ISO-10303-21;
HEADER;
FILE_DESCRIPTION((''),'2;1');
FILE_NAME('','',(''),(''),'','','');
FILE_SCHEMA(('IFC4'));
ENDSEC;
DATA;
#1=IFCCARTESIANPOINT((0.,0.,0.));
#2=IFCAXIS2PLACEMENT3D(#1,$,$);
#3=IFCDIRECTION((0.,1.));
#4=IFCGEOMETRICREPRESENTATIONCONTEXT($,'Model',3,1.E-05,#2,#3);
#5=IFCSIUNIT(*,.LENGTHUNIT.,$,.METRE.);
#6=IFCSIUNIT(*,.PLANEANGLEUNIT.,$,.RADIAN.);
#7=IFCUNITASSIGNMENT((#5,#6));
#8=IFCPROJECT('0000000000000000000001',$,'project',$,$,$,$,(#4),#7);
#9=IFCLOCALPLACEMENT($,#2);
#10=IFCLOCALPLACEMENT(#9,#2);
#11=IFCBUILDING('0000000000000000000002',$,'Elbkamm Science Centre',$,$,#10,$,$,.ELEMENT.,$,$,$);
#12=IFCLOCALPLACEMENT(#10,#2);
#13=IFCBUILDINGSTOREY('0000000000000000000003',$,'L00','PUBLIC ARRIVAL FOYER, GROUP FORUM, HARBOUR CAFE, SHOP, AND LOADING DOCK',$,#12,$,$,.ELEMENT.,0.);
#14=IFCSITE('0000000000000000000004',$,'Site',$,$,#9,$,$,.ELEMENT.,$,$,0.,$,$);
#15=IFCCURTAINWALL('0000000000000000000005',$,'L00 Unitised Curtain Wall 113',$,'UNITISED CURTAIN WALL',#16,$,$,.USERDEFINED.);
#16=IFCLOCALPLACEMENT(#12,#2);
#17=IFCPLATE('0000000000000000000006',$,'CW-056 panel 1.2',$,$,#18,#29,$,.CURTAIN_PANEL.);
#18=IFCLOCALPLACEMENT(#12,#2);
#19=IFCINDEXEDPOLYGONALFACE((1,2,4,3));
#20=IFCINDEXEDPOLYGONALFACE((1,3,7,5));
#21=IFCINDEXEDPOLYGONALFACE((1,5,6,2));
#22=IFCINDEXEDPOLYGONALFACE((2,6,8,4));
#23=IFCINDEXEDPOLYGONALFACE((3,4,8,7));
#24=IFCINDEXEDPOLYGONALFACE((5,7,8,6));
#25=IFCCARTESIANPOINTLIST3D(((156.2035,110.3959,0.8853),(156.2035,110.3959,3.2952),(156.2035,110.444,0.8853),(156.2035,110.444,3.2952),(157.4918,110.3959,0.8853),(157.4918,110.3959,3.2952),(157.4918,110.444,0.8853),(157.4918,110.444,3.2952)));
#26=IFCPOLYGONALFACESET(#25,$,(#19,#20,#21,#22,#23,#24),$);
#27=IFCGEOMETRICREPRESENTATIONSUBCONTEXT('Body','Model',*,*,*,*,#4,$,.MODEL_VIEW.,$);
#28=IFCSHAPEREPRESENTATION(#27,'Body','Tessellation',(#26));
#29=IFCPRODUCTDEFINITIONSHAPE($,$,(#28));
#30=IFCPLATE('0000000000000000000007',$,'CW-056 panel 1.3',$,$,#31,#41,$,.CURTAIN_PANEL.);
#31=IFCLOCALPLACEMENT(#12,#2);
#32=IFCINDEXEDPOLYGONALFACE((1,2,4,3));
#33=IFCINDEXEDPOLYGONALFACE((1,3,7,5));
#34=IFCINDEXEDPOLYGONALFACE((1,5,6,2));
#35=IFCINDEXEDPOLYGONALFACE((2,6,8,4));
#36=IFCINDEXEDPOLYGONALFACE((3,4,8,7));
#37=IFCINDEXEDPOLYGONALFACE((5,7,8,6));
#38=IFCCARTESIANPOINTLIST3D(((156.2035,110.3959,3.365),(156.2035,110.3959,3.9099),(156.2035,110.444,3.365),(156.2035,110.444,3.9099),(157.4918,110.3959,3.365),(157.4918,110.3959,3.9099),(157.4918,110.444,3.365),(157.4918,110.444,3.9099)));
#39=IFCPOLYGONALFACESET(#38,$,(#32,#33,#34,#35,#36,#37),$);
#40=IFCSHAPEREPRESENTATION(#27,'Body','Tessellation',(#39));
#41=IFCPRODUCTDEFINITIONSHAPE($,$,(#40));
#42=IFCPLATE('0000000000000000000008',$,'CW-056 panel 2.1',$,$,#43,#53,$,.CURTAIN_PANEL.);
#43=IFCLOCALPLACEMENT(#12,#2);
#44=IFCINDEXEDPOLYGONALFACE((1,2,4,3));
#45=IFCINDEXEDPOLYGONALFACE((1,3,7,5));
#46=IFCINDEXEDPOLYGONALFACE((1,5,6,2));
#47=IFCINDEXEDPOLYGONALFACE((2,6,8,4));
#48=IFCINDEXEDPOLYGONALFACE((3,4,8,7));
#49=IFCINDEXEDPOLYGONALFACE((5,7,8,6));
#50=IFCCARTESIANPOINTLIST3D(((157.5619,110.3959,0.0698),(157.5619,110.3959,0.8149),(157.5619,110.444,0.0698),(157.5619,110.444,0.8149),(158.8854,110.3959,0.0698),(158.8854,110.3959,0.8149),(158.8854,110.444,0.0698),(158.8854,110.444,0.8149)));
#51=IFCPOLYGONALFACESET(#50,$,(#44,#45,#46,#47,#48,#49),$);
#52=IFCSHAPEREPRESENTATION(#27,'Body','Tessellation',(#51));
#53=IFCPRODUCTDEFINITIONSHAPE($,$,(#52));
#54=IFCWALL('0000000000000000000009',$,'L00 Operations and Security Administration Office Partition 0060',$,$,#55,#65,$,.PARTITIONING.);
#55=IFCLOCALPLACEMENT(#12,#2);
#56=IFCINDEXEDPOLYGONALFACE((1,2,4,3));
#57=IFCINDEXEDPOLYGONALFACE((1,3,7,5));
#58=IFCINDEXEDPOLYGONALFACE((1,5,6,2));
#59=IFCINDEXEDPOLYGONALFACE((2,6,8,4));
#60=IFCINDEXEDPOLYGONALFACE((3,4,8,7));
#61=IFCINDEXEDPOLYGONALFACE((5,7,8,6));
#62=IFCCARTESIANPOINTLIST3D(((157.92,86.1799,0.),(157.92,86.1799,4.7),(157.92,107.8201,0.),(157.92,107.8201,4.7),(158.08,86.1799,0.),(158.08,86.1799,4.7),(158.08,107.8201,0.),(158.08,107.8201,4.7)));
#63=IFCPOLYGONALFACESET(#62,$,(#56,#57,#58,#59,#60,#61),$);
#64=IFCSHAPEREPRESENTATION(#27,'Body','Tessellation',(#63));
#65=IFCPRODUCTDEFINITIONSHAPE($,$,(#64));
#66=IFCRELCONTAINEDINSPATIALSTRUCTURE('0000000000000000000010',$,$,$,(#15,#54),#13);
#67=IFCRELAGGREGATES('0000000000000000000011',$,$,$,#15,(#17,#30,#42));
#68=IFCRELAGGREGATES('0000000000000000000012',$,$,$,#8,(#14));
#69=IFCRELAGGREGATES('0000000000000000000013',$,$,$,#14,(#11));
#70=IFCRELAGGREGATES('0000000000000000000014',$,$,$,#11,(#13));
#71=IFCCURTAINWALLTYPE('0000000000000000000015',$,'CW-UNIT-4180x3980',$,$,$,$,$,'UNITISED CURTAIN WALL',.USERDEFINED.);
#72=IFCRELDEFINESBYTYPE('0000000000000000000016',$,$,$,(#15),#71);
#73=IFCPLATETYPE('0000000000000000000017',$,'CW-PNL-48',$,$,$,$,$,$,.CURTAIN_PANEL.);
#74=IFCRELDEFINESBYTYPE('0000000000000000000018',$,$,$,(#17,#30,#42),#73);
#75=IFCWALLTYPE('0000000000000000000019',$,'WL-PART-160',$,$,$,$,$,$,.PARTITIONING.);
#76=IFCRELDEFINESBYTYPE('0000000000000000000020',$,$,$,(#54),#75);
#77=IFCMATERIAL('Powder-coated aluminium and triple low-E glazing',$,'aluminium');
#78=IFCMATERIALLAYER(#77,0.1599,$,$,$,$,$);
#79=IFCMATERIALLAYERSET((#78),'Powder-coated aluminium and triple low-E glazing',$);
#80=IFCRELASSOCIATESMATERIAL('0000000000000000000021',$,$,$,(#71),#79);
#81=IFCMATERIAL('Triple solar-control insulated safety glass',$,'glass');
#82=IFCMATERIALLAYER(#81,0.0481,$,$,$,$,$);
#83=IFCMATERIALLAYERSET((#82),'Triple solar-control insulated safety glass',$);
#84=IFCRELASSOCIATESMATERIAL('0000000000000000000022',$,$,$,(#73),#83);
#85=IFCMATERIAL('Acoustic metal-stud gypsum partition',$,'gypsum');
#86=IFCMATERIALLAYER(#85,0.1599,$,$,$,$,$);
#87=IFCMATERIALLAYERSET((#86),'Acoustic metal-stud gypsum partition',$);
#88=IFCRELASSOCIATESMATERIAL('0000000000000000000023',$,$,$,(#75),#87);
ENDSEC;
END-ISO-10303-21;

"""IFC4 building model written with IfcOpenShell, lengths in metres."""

from ifc_helpers import new_model, si_unit, direction, frame, frame_2d, origin, origin_2d, place, context, subcontext, project, spatial, rectangle, extrude, material, layer, layer_set, type_object, element, aggregate, save


model = new_model("IFC4")

# Units and contexts
model_context = context("Model", 3, precision=1e-05, world=origin(), true_north=direction((0.0, 1.0)))
body_context = subcontext(model_context, "Body", "Model", "MODEL_VIEW")
ifc_project = project(units=[si_unit("LENGTHUNIT", "METRE"), si_unit("PLANEANGLEUNIT", "RADIAN")], contexts=[model_context])

# Site, building, storey
site_placement = place(None, origin())
site = spatial("IfcSite", under=ifc_project, at=site_placement, Name="Site", CompositionType="ELEMENT", RefElevation=0.0)
building_placement = place(site_placement, origin())
building = spatial("IfcBuilding", under=site, at=building_placement, Name="Elbkamm Science Centre", CompositionType="ELEMENT")
storey_placement = place(building_placement, origin())
storey = spatial("IfcBuildingStorey", under=building, at=storey_placement, Name="L00", Description="PUBLIC ARRIVAL FOYER, GROUP FORUM, HARBOUR CAFE, SHOP, AND LOADING DOCK", CompositionType="ELEMENT", Elevation=0.0)

# Curtain wall
ifc_material_1 = material(Name="Powder-coated aluminium and triple low-E glazing", Category="aluminium")
ifc_layer_1 = layer(ifc_material_1, 0.1599)
ifc_layer_set_1 = layer_set([ifc_layer_1], Name="Powder-coated aluminium and triple low-E glazing")
curtain_wall_type = type_object("IfcCurtainWallType", Name="CW-UNIT-4180x3980", ElementType="UNITISED CURTAIN WALL", PredefinedType="USERDEFINED", material=ifc_layer_set_1)
curtain_wall_1_placement = place(storey_placement, origin())
curtain_wall_1 = element("IfcCurtainWall", 1, at=curtain_wall_1_placement, inside=storey, type_object=curtain_wall_type, Name="L00 Unitised Curtain Wall 113", ObjectType="UNITISED CURTAIN WALL", PredefinedType="USERDEFINED")

# Plates
ifc_material_2 = material(Name="Triple solar-control insulated safety glass", Category="glass")
ifc_layer_2 = layer(ifc_material_2, 0.0481)
ifc_layer_set_2 = layer_set([ifc_layer_2], Name="Triple solar-control insulated safety glass")
plate_type = type_object("IfcPlateType", Name="CW-PNL-48", PredefinedType="CURTAIN_PANEL", material=ifc_layer_set_2)
plate_1_placement = place(storey_placement, frame((156.8477, 110.4199, 0.8853), z_axis=(0.0, 0.0, 1.0), x_axis=(1.0, 0.0, 0.0)))
plate_1 = element("IfcPlate", 2, at=plate_1_placement, type_object=plate_type, Name="CW-056 panel 1.2", PredefinedType="CURTAIN_PANEL", context=body_context, shape_type="SweptSolid", body=[
    extrude(rectangle(XDim=1.2883, YDim=0.0481, at=origin_2d()), origin(), (0.0, 0.0, 1.0), 2.4099),
])
plate_2_placement = place(storey_placement, frame((156.8477, 110.4199, 3.365), z_axis=(0.0, 0.0, 1.0), x_axis=(1.0, 0.0, 0.0)))
plate_2 = element("IfcPlate", 3, at=plate_2_placement, type_object=plate_type, Name="CW-056 panel 1.3", PredefinedType="CURTAIN_PANEL", context=body_context, shape_type="SweptSolid", body=[
    extrude(rectangle(XDim=1.2883, YDim=0.0481, at=origin_2d()), origin(), (0.0, 0.0, 1.0), 0.5449),
])
plate_3_placement = place(storey_placement, frame((158.2236, 110.4199, 0.0698), z_axis=(0.0, 0.0, 1.0), x_axis=(1.0, 0.0, 0.0)))
plate_3 = element("IfcPlate", 4, at=plate_3_placement, type_object=plate_type, Name="CW-056 panel 2.1", PredefinedType="CURTAIN_PANEL", context=body_context, shape_type="SweptSolid", body=[
    extrude(rectangle(XDim=1.3235, YDim=0.0481, at=origin_2d()), origin(), (0.0, 0.0, 1.0), 0.7451),
])
aggregate(curtain_wall_1, [plate_1, plate_2, plate_3])

# Wall
ifc_material_3 = material(Name="Acoustic metal-stud gypsum partition", Category="gypsum")
ifc_layer_3 = layer(ifc_material_3, 0.1599)
ifc_layer_set_3 = layer_set([ifc_layer_3], Name="Acoustic metal-stud gypsum partition")
wall_type = type_object("IfcWallType", Name="WL-PART-160", PredefinedType="PARTITIONING", material=ifc_layer_set_3)
wall_placement = place(storey_placement, frame((158.0, 107.8201, 0.0), z_axis=(0.0, 0.0, 1.0), x_axis=(0.0, -1.0, 0.0)))
element("IfcWall", 5, at=wall_placement, inside=storey, type_object=wall_type, Name="L00 Operations and Security Administration Office Partition 0060", PredefinedType="PARTITIONING", context=body_context, shape_type="SweptSolid", body=[
    extrude(rectangle(XDim=21.6401, YDim=0.1599, at=frame_2d((10.8201, 0.0))), origin(), (0.0, 0.0, 1.0), 4.7),
])

save(model, "model.ifc")
